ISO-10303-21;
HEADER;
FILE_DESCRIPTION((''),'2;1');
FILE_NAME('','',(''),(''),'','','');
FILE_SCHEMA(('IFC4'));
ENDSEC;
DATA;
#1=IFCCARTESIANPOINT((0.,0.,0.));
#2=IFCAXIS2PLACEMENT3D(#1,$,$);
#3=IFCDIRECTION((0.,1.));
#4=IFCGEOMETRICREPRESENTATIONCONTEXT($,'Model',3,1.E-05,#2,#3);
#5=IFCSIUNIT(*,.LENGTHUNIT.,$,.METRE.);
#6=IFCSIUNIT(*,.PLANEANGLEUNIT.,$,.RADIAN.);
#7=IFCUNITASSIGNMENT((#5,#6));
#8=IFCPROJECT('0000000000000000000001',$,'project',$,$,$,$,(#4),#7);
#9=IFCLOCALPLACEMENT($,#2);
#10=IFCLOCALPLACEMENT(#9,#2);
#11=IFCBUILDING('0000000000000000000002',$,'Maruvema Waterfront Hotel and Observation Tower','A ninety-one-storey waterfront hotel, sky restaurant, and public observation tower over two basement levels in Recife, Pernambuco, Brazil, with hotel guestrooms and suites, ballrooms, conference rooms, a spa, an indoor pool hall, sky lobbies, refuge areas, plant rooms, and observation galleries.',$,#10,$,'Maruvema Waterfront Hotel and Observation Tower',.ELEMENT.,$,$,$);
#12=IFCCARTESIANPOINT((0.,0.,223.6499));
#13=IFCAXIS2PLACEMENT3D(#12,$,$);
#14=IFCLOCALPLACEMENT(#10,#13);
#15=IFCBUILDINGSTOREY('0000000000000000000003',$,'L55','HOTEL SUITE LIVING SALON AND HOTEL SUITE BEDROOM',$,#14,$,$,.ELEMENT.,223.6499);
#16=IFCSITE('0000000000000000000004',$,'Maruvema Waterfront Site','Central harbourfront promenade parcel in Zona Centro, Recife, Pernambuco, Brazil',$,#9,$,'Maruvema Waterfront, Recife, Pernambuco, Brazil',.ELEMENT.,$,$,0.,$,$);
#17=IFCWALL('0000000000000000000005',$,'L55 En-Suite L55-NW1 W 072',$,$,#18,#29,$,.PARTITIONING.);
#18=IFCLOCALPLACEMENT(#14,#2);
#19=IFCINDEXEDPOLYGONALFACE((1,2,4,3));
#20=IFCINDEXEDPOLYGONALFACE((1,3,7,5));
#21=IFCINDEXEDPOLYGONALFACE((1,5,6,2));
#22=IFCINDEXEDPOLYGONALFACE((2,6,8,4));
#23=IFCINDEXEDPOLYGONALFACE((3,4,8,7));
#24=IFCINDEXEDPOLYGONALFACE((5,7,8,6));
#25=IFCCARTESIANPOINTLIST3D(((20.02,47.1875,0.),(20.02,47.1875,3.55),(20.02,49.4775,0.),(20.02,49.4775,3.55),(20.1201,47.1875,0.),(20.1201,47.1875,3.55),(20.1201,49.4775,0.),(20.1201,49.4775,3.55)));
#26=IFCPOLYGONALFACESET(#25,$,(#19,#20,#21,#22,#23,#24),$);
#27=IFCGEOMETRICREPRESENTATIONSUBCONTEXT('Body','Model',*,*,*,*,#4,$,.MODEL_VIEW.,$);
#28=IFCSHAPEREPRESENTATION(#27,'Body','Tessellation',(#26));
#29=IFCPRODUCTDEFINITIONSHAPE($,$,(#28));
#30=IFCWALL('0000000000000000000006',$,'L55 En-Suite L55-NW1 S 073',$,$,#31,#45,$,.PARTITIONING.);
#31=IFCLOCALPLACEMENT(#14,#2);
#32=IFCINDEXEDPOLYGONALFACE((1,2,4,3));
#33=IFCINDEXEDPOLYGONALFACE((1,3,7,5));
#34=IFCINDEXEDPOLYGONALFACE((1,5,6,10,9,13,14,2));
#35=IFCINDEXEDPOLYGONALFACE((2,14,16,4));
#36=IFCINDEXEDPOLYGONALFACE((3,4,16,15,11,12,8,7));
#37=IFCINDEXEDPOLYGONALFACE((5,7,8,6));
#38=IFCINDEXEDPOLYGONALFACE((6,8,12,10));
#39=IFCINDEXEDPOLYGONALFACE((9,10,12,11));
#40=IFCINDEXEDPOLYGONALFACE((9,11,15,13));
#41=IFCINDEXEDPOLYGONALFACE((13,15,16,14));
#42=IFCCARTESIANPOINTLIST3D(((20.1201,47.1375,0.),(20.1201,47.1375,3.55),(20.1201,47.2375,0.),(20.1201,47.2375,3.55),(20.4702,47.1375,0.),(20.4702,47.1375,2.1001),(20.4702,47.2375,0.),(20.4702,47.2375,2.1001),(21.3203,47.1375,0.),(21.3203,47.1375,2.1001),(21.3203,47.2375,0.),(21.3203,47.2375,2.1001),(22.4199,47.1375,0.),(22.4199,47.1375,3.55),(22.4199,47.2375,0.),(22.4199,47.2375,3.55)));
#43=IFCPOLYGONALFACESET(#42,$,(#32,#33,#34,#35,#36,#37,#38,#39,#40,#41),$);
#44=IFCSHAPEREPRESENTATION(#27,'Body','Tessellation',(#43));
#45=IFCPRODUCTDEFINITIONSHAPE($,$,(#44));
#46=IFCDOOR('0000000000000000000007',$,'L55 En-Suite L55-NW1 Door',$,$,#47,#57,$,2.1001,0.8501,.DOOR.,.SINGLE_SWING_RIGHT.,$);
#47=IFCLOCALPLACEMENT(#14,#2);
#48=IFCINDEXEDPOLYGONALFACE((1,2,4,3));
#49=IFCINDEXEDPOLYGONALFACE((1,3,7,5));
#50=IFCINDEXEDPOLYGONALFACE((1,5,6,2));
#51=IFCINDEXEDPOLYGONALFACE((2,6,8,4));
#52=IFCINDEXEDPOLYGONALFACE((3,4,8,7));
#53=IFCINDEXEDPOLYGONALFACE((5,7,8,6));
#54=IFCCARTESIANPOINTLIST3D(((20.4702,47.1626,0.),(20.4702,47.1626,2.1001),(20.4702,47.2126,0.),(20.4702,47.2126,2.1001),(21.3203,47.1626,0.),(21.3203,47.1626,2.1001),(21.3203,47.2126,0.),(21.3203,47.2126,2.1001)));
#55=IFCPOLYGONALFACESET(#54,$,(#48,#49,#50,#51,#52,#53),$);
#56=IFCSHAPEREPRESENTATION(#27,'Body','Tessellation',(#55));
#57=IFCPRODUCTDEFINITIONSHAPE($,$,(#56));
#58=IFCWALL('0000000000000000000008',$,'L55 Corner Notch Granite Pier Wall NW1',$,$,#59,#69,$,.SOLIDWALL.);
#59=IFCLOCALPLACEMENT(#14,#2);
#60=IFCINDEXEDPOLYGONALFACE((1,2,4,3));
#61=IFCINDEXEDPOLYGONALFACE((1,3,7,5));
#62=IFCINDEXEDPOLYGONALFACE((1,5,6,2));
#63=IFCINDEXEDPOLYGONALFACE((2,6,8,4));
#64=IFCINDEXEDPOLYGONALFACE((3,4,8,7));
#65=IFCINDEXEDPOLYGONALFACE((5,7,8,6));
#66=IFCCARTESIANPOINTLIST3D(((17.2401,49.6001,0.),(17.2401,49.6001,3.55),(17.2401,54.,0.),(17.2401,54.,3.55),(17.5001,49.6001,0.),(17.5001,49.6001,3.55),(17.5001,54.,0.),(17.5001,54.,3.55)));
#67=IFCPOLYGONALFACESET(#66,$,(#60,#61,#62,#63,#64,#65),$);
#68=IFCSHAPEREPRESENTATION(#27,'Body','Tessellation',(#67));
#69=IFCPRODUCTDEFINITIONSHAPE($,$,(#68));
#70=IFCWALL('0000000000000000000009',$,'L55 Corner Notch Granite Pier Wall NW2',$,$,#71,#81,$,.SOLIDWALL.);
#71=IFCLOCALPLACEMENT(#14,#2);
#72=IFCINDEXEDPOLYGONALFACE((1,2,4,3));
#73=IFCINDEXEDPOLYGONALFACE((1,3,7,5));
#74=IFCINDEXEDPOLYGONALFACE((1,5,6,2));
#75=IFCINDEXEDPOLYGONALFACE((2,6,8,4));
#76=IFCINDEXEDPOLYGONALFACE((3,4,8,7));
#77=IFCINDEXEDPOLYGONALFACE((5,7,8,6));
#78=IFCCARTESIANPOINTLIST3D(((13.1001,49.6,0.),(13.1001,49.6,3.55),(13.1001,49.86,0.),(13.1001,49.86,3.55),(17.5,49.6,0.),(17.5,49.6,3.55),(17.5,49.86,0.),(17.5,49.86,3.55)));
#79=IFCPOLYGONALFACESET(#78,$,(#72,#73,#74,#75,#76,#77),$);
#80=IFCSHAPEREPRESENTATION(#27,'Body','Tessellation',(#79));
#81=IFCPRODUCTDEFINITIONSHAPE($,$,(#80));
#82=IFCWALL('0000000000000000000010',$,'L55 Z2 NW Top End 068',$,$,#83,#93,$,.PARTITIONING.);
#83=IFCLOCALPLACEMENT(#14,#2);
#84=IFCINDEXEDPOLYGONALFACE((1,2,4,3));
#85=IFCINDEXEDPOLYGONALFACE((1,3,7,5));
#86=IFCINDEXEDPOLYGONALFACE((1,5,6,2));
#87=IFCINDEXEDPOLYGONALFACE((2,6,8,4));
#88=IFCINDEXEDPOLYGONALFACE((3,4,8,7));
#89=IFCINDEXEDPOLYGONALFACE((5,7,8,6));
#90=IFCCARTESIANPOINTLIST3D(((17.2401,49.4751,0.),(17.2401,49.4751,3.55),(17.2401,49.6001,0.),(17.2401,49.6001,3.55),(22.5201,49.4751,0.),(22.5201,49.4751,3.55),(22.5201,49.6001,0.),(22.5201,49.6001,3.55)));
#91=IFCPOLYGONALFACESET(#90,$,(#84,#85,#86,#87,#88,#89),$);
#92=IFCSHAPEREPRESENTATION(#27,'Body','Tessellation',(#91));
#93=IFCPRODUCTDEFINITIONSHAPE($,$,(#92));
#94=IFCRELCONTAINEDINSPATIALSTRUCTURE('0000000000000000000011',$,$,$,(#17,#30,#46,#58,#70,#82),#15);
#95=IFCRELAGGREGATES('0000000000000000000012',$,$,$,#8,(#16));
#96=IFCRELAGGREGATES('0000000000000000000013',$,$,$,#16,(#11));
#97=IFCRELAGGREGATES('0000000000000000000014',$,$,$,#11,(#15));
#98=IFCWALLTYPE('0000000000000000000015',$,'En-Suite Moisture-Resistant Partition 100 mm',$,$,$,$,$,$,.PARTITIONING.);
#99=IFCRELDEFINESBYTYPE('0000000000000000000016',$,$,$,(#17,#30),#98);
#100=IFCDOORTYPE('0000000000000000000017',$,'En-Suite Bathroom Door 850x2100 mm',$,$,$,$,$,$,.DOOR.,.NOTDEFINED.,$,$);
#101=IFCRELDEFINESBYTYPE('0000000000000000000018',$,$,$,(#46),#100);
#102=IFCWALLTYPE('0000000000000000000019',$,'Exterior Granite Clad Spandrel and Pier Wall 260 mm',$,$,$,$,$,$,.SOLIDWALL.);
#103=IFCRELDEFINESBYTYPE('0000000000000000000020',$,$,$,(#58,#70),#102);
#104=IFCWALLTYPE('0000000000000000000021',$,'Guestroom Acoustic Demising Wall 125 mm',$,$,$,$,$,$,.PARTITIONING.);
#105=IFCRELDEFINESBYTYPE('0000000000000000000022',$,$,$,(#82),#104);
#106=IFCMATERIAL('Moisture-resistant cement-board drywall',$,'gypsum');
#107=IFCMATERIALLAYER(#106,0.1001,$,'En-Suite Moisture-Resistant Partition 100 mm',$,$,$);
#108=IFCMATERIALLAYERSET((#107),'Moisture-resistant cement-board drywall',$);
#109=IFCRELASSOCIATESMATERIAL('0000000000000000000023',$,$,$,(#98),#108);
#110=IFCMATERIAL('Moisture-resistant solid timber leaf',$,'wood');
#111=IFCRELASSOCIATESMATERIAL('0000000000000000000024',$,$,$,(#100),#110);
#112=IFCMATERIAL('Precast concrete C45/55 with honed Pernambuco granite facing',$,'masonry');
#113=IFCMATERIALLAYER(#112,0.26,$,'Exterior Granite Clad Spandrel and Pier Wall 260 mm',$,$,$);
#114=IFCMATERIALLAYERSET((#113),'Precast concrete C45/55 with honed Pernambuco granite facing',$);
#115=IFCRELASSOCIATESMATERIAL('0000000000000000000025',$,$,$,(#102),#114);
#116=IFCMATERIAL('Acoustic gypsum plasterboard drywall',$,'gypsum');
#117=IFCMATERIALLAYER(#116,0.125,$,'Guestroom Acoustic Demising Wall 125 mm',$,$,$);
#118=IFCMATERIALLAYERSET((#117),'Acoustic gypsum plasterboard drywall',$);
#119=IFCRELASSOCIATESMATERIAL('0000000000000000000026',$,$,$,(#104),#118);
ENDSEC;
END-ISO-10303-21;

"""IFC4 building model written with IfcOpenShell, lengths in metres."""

from ifc_helpers import new_model, si_unit, direction, frame, frame_2d, origin, place, context, subcontext, project, spatial, rectangle, extrude, material, layer, layer_set, type_object, element, fill, save


model = new_model("IFC4")

# Units and contexts
model_context = context("Model", 3, precision=1e-05, world=origin(), true_north=direction((0.0, 1.0)))
body_context = subcontext(model_context, "Body", "Model", "MODEL_VIEW")
ifc_project = project(units=[si_unit("LENGTHUNIT", "METRE"), si_unit("PLANEANGLEUNIT", "RADIAN")], contexts=[model_context])

# Site, building, storey
site_placement = place(None, origin())
site = spatial("IfcSite", under=ifc_project, at=site_placement, Name="Maruvema Waterfront Site", Description="Central harbourfront promenade parcel in Zona Centro, Recife, Pernambuco, Brazil", LongName="Maruvema Waterfront, Recife, Pernambuco, Brazil", CompositionType="ELEMENT", RefElevation=0.0)
building_placement = place(site_placement, origin())
building = spatial("IfcBuilding", under=site, at=building_placement, Name="Maruvema Waterfront Hotel and Observation Tower", Description="A ninety-one-storey waterfront hotel, sky restaurant, and public observation tower over two basement levels in Recife, Pernambuco, Brazil, with hotel guestrooms and suites, ballrooms, conference rooms, a spa, an indoor pool hall, sky lobbies, refuge areas, plant rooms, and observation galleries.", LongName="Maruvema Waterfront Hotel and Observation Tower", CompositionType="ELEMENT")
storey_placement = place(building_placement, frame((0.0, 0.0, 223.6499)))
storey = spatial("IfcBuildingStorey", under=building, at=storey_placement, Name="L55", Description="HOTEL SUITE LIVING SALON AND HOTEL SUITE BEDROOM", CompositionType="ELEMENT", Elevation=223.6499)

# Wall
ifc_material_1 = material(Name="Moisture-resistant cement-board drywall", Category="gypsum")
ifc_layer_1 = layer(ifc_material_1, 0.1001, Name="En-Suite Moisture-Resistant Partition 100 mm")
ifc_layer_set_1 = layer_set([ifc_layer_1], Name="Moisture-resistant cement-board drywall")
wall_type_1 = type_object("IfcWallType", Name="En-Suite Moisture-Resistant Partition 100 mm", PredefinedType="PARTITIONING", material=ifc_layer_set_1)
wall_1_placement = place(storey_placement, frame((20.0701, 47.1875, 0.0), z_axis=(0.0, 0.0, 1.0), x_axis=(0.0, 1.0, 0.0)))
element("IfcWall", 1, at=wall_1_placement, inside=storey, type_object=wall_type_1, Name="L55 En-Suite L55-NW1 W 072", PredefinedType="PARTITIONING", context=body_context, shape_type="SweptSolid", body=[
    extrude(rectangle(XDim=2.29, YDim=0.1001, at=frame_2d((1.145, 0.0))), origin(), (0.0, 0.0, 1.0), 3.55),
])

# Wall, opening, door
wall_2_placement = place(storey_placement, frame((20.1201, 47.1875, 0.0), z_axis=(0.0, 0.0, 1.0), x_axis=(1.0, 0.0, 0.0)))
wall_2 = element("IfcWall", 2, at=wall_2_placement, inside=storey, type_object=wall_type_1, Name="L55 En-Suite L55-NW1 S 073", PredefinedType="PARTITIONING", context=body_context, shape_type="SweptSolid", body=[
    extrude(rectangle(XDim=2.2998, YDim=0.1001, at=frame_2d((1.1499, 0.0))), origin(), (0.0, 0.0, 1.0), 3.55),
])
opening_placement = place(wall_2_placement, frame((0.3501, 0.0, 0.0)))
opening = element("IfcOpeningElement", 3, at=opening_placement, cuts=wall_2, PredefinedType="OPENING", context=body_context, shape_type="SweptSolid", body=[
    extrude(rectangle(XDim=0.8501, YDim=2.1001, at=frame_2d((0.425, 1.05))), frame((0.0, 0.0601, 0.0), z_axis=(0.0, -1.0, 0.0), x_axis=(1.0, 0.0, 0.0)), (0.0, 0.0, 1.0), 0.1201),
])
ifc_material_2 = material(Name="Moisture-resistant solid timber leaf", Category="wood")
door_type = type_object("IfcDoorType", Name="En-Suite Bathroom Door 850x2100 mm", OperationType="NOTDEFINED", PredefinedType="DOOR", material=ifc_material_2)
door_placement = place(opening_placement, frame((0.8501, 0.0, 0.0), z_axis=(0.0, 0.0, 1.0), x_axis=(-1.0, 0.0, 0.0)))
door = element("IfcDoor", 4, at=door_placement, inside=storey, type_object=door_type, Name="L55 En-Suite L55-NW1 Door", OperationType="SINGLE_SWING_RIGHT", OverallHeight=2.1001, OverallWidth=0.8501, PredefinedType="DOOR", context=body_context, shape_type="SweptSolid", body=[
    extrude(rectangle(XDim=0.8501, YDim=2.1001, at=frame_2d((0.425, 1.05))), frame((0.0, 0.0249, 0.0), z_axis=(0.0, -1.0, 0.0), x_axis=(1.0, 0.0, 0.0)), (0.0, 0.0, 1.0), 0.05),
])
fill(opening, door)

# Walls
ifc_material_3 = material(Name="Precast concrete C45/55 with honed Pernambuco granite facing", Category="masonry")
ifc_layer_2 = layer(ifc_material_3, 0.26, Name="Exterior Granite Clad Spandrel and Pier Wall 260 mm")
ifc_layer_set_2 = layer_set([ifc_layer_2], Name="Precast concrete C45/55 with honed Pernambuco granite facing")
wall_type_2 = type_object("IfcWallType", Name="Exterior Granite Clad Spandrel and Pier Wall 260 mm", PredefinedType="SOLIDWALL", material=ifc_layer_set_2)
for number, where, z_axis, x_axis, name in (
    (5, (17.3701, 49.6001, 0.0), (0.0, 0.0, 1.0), (0.0, 1.0, 0.0), "L55 Corner Notch Granite Pier Wall NW1"),
    (6, (13.1001, 49.73, 0.0), (0.0, 0.0, 1.0), (1.0, 0.0, 0.0), "L55 Corner Notch Granite Pier Wall NW2"),
):
    element("IfcWall", number, at=place(storey_placement, frame(where, z_axis=z_axis, x_axis=x_axis)), inside=storey, type_object=wall_type_2, Name=name, PredefinedType="SOLIDWALL", context=body_context, shape_type="SweptSolid", body=[
        extrude(rectangle(XDim=4.3999, YDim=0.26, at=frame_2d((2.2, 0.0))), origin(), (0.0, 0.0, 1.0), 3.55),
    ])
ifc_material_4 = material(Name="Acoustic gypsum plasterboard drywall", Category="gypsum")
ifc_layer_3 = layer(ifc_material_4, 0.125, Name="Guestroom Acoustic Demising Wall 125 mm")
ifc_layer_set_3 = layer_set([ifc_layer_3], Name="Acoustic gypsum plasterboard drywall")
wall_type_3 = type_object("IfcWallType", Name="Guestroom Acoustic Demising Wall 125 mm", PredefinedType="PARTITIONING", material=ifc_layer_set_3)
wall_3_placement = place(storey_placement, frame((17.24, 49.5376, 0.0), z_axis=(0.0, 0.0, 1.0), x_axis=(1.0, 0.0, 0.0)))
element("IfcWall", 7, at=wall_3_placement, inside=storey, type_object=wall_type_3, Name="L55 Z2 NW Top End 068", PredefinedType="PARTITIONING", context=body_context, shape_type="SweptSolid", body=[
    extrude(rectangle(XDim=5.28, YDim=0.125, at=frame_2d((2.6401, 0.0))), origin(), (0.0, 0.0, 1.0), 3.55),
])

save(model, "model.ifc")
